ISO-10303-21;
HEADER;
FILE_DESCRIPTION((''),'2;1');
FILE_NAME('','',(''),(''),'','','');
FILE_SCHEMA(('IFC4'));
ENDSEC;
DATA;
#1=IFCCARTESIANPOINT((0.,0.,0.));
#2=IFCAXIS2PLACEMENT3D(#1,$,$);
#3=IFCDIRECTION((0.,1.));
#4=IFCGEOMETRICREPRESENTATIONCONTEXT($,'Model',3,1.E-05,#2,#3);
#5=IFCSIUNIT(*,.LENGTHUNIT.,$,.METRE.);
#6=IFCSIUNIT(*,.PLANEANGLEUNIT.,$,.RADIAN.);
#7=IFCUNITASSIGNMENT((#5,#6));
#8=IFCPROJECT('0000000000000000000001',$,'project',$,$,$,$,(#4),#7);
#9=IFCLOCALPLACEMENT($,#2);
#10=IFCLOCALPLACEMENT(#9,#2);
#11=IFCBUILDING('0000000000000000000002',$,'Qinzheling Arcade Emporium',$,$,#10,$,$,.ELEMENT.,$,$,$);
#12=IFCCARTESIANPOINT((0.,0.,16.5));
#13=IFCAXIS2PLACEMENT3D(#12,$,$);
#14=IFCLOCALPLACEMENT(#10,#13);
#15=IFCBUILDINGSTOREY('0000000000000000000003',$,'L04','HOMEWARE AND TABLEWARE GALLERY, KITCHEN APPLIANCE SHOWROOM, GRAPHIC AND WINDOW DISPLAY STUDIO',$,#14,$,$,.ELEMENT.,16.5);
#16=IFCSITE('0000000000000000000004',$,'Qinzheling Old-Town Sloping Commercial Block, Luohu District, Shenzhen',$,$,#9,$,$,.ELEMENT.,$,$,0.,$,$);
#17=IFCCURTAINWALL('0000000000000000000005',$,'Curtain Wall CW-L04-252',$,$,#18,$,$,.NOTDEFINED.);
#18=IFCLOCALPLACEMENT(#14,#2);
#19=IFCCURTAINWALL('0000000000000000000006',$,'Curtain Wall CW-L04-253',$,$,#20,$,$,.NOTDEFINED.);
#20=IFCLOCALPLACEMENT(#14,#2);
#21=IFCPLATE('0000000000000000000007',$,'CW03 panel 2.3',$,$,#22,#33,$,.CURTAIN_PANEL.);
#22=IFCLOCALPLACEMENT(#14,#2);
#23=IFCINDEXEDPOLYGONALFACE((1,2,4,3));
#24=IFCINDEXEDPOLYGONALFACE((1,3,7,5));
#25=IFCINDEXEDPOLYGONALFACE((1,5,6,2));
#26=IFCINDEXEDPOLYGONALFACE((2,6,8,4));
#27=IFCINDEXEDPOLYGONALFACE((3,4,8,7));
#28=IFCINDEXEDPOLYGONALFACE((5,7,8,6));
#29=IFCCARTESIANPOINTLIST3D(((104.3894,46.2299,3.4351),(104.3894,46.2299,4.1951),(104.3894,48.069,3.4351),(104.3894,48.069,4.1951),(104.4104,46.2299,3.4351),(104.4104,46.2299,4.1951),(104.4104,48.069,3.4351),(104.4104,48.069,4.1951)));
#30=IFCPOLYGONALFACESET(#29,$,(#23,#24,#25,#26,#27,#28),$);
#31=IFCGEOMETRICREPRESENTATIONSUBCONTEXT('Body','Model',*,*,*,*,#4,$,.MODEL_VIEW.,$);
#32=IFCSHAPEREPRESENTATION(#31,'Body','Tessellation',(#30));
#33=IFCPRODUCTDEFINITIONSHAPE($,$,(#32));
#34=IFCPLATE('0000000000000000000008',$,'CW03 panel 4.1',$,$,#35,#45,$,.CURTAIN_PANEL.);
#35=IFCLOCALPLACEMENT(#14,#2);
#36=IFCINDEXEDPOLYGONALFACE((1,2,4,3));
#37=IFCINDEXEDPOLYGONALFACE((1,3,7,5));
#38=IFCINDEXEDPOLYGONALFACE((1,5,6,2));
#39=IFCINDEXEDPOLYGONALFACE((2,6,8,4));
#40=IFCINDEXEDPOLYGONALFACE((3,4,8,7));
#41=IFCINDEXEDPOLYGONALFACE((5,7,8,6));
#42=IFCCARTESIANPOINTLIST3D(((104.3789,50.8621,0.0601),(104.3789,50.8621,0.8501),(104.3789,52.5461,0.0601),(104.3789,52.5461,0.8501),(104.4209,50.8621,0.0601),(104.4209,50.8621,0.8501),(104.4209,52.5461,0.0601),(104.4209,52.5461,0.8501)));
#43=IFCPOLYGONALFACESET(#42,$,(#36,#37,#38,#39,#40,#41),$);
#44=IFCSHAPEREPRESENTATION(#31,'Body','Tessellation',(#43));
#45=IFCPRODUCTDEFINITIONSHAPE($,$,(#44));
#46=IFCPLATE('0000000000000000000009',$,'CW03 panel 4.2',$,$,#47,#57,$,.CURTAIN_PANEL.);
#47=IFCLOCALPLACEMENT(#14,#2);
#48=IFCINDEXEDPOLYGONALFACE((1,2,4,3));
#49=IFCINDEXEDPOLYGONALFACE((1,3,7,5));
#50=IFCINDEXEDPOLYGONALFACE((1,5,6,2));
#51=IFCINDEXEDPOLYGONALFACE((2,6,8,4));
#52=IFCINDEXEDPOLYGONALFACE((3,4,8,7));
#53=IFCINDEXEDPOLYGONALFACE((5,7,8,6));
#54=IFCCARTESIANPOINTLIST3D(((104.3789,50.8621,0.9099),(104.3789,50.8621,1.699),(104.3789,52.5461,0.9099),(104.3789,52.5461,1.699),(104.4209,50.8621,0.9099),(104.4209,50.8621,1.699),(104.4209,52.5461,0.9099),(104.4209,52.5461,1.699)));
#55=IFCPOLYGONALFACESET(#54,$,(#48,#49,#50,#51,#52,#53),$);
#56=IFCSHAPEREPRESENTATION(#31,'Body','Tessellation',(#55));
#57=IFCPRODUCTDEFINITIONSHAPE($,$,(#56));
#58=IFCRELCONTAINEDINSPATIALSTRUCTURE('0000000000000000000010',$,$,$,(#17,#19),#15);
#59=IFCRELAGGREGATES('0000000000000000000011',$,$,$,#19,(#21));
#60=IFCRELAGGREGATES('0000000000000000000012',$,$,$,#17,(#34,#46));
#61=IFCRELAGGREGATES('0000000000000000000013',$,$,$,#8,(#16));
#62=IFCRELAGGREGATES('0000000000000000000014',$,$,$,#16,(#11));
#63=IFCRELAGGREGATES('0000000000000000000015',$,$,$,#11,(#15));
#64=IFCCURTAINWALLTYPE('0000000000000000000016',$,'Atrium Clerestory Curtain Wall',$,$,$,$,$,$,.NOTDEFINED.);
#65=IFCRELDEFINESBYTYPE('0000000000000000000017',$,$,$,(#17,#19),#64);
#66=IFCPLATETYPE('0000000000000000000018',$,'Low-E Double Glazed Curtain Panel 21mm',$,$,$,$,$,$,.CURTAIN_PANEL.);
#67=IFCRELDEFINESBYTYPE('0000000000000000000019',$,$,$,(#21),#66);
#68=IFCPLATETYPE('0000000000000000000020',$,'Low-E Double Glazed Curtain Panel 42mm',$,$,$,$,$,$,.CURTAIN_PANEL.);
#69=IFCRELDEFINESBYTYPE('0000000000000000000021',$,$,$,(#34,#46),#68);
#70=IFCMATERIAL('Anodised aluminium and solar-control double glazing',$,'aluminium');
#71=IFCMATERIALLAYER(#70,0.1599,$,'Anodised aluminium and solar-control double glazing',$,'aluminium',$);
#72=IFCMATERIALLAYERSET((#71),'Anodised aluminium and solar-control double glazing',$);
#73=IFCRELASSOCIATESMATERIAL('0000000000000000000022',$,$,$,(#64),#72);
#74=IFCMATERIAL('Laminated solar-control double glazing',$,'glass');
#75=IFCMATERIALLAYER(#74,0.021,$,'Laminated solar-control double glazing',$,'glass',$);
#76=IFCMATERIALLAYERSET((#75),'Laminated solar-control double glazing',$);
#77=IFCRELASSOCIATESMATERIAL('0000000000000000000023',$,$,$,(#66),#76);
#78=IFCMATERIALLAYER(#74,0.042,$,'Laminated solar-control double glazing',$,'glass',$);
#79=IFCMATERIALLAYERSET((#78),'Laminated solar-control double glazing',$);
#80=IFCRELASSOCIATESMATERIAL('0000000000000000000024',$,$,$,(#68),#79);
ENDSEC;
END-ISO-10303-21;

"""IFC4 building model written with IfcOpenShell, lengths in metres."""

from ifc_helpers import new_model, si_unit, direction, frame, origin, origin_2d, place, context, subcontext, project, spatial, rectangle, extrude, material, layer, layer_set, type_object, element, aggregate, save


model = new_model("IFC4")

# Units and contexts
model_context = context("Model", 3, precision=1e-05, world=origin(), true_north=direction((0.0, 1.0)))
body_context = subcontext(model_context, "Body", "Model", "MODEL_VIEW")
ifc_project = project(units=[si_unit("LENGTHUNIT", "METRE"), si_unit("PLANEANGLEUNIT", "RADIAN")], contexts=[model_context])

# Site, building, storey
site_placement = place(None, origin())
site = spatial("IfcSite", under=ifc_project, at=site_placement, Name="Qinzheling Old-Town Sloping Commercial Block, Luohu District, Shenzhen", CompositionType="ELEMENT", RefElevation=0.0)
building_placement = place(site_placement, origin())
building = spatial("IfcBuilding", under=site, at=building_placement, Name="Qinzheling Arcade Emporium", CompositionType="ELEMENT")
storey_placement = place(building_placement, frame((0.0, 0.0, 16.5)))
storey = spatial("IfcBuildingStorey", under=building, at=storey_placement, Name="L04", Description="HOMEWARE AND TABLEWARE GALLERY, KITCHEN APPLIANCE SHOWROOM, GRAPHIC AND WINDOW DISPLAY STUDIO", CompositionType="ELEMENT", Elevation=16.5)

# Curtain wall
ifc_material_1 = material(Name="Anodised aluminium and solar-control double glazing", Category="aluminium")
ifc_layer_1 = layer(ifc_material_1, 0.1599, Name="Anodised aluminium and solar-control double glazing", Category="aluminium")
ifc_layer_set_1 = layer_set([ifc_layer_1], Name="Anodised aluminium and solar-control double glazing")
curtain_wall_type = type_object("IfcCurtainWallType", Name="Atrium Clerestory Curtain Wall", PredefinedType="NOTDEFINED", material=ifc_layer_set_1)
curtain_wall_1_placement = place(storey_placement, origin())
curtain_wall_1 = element("IfcCurtainWall", 1, at=curtain_wall_1_placement, inside=storey, type_object=curtain_wall_type, Name="Curtain Wall CW-L04-252", PredefinedType="NOTDEFINED")

# Curtain wall, plate
curtain_wall_2_placement = place(storey_placement, origin())
curtain_wall_2 = element("IfcCurtainWall", 2, at=curtain_wall_2_placement, inside=storey, type_object=curtain_wall_type, Name="Curtain Wall CW-L04-253", PredefinedType="NOTDEFINED")
ifc_material_2 = material(Name="Laminated solar-control double glazing", Category="glass")
ifc_layer_2 = layer(ifc_material_2, 0.021, Name="Laminated solar-control double glazing", Category="glass")
ifc_layer_set_2 = layer_set([ifc_layer_2], Name="Laminated solar-control double glazing")
plate_type_1 = type_object("IfcPlateType", Name="Low-E Double Glazed Curtain Panel 21mm", PredefinedType="CURTAIN_PANEL", material=ifc_layer_set_2)
plate_1_placement = place(storey_placement, frame((104.3999, 47.1494, 3.4351), z_axis=(0.0, 0.0, 1.0), x_axis=(0.0, -1.0, 0.0)))
plate_1 = element("IfcPlate", 3, at=plate_1_placement, type_object=plate_type_1, Name="CW03 panel 2.3", PredefinedType="CURTAIN_PANEL", context=body_context, shape_type="SweptSolid", body=[
    extrude(rectangle(XDim=1.8391, YDim=0.021, at=origin_2d()), origin(), (0.0, 0.0, 1.0), 0.76),
])
aggregate(curtain_wall_2, [plate_1])

# Plates
ifc_layer_3 = layer(ifc_material_2, 0.042, Name="Laminated solar-control double glazing", Category="glass")
ifc_layer_set_3 = layer_set([ifc_layer_3], Name="Laminated solar-control double glazing")
plate_type_2 = type_object("IfcPlateType", Name="Low-E Double Glazed Curtain Panel 42mm", PredefinedType="CURTAIN_PANEL", material=ifc_layer_set_3)
plate_2_placement = place(storey_placement, frame((104.3999, 51.7041, 0.0601), z_axis=(0.0, 0.0, 1.0), x_axis=(0.0, -1.0, 0.0)))
plate_2 = element("IfcPlate", 4, at=plate_2_placement, type_object=plate_type_2, Name="CW03 panel 4.1", PredefinedType="CURTAIN_PANEL", context=body_context, shape_type="SweptSolid", body=[
    extrude(rectangle(XDim=1.6841, YDim=0.042, at=origin_2d()), origin(), (0.0, 0.0, 1.0), 0.79),
])
plate_3_placement = place(storey_placement, frame((104.3999, 51.7041, 0.9099), z_axis=(0.0, 0.0, 1.0), x_axis=(0.0, -1.0, 0.0)))
plate_3 = element("IfcPlate", 5, at=plate_3_placement, type_object=plate_type_2, Name="CW03 panel 4.2", PredefinedType="CURTAIN_PANEL", context=body_context, shape_type="SweptSolid", body=[
    extrude(rectangle(XDim=1.6841, YDim=0.042, at=origin_2d()), origin(), (0.0, 0.0, 1.0), 0.7891),
])
aggregate(curtain_wall_1, [plate_2, plate_3])

save(model, "model.ifc")
